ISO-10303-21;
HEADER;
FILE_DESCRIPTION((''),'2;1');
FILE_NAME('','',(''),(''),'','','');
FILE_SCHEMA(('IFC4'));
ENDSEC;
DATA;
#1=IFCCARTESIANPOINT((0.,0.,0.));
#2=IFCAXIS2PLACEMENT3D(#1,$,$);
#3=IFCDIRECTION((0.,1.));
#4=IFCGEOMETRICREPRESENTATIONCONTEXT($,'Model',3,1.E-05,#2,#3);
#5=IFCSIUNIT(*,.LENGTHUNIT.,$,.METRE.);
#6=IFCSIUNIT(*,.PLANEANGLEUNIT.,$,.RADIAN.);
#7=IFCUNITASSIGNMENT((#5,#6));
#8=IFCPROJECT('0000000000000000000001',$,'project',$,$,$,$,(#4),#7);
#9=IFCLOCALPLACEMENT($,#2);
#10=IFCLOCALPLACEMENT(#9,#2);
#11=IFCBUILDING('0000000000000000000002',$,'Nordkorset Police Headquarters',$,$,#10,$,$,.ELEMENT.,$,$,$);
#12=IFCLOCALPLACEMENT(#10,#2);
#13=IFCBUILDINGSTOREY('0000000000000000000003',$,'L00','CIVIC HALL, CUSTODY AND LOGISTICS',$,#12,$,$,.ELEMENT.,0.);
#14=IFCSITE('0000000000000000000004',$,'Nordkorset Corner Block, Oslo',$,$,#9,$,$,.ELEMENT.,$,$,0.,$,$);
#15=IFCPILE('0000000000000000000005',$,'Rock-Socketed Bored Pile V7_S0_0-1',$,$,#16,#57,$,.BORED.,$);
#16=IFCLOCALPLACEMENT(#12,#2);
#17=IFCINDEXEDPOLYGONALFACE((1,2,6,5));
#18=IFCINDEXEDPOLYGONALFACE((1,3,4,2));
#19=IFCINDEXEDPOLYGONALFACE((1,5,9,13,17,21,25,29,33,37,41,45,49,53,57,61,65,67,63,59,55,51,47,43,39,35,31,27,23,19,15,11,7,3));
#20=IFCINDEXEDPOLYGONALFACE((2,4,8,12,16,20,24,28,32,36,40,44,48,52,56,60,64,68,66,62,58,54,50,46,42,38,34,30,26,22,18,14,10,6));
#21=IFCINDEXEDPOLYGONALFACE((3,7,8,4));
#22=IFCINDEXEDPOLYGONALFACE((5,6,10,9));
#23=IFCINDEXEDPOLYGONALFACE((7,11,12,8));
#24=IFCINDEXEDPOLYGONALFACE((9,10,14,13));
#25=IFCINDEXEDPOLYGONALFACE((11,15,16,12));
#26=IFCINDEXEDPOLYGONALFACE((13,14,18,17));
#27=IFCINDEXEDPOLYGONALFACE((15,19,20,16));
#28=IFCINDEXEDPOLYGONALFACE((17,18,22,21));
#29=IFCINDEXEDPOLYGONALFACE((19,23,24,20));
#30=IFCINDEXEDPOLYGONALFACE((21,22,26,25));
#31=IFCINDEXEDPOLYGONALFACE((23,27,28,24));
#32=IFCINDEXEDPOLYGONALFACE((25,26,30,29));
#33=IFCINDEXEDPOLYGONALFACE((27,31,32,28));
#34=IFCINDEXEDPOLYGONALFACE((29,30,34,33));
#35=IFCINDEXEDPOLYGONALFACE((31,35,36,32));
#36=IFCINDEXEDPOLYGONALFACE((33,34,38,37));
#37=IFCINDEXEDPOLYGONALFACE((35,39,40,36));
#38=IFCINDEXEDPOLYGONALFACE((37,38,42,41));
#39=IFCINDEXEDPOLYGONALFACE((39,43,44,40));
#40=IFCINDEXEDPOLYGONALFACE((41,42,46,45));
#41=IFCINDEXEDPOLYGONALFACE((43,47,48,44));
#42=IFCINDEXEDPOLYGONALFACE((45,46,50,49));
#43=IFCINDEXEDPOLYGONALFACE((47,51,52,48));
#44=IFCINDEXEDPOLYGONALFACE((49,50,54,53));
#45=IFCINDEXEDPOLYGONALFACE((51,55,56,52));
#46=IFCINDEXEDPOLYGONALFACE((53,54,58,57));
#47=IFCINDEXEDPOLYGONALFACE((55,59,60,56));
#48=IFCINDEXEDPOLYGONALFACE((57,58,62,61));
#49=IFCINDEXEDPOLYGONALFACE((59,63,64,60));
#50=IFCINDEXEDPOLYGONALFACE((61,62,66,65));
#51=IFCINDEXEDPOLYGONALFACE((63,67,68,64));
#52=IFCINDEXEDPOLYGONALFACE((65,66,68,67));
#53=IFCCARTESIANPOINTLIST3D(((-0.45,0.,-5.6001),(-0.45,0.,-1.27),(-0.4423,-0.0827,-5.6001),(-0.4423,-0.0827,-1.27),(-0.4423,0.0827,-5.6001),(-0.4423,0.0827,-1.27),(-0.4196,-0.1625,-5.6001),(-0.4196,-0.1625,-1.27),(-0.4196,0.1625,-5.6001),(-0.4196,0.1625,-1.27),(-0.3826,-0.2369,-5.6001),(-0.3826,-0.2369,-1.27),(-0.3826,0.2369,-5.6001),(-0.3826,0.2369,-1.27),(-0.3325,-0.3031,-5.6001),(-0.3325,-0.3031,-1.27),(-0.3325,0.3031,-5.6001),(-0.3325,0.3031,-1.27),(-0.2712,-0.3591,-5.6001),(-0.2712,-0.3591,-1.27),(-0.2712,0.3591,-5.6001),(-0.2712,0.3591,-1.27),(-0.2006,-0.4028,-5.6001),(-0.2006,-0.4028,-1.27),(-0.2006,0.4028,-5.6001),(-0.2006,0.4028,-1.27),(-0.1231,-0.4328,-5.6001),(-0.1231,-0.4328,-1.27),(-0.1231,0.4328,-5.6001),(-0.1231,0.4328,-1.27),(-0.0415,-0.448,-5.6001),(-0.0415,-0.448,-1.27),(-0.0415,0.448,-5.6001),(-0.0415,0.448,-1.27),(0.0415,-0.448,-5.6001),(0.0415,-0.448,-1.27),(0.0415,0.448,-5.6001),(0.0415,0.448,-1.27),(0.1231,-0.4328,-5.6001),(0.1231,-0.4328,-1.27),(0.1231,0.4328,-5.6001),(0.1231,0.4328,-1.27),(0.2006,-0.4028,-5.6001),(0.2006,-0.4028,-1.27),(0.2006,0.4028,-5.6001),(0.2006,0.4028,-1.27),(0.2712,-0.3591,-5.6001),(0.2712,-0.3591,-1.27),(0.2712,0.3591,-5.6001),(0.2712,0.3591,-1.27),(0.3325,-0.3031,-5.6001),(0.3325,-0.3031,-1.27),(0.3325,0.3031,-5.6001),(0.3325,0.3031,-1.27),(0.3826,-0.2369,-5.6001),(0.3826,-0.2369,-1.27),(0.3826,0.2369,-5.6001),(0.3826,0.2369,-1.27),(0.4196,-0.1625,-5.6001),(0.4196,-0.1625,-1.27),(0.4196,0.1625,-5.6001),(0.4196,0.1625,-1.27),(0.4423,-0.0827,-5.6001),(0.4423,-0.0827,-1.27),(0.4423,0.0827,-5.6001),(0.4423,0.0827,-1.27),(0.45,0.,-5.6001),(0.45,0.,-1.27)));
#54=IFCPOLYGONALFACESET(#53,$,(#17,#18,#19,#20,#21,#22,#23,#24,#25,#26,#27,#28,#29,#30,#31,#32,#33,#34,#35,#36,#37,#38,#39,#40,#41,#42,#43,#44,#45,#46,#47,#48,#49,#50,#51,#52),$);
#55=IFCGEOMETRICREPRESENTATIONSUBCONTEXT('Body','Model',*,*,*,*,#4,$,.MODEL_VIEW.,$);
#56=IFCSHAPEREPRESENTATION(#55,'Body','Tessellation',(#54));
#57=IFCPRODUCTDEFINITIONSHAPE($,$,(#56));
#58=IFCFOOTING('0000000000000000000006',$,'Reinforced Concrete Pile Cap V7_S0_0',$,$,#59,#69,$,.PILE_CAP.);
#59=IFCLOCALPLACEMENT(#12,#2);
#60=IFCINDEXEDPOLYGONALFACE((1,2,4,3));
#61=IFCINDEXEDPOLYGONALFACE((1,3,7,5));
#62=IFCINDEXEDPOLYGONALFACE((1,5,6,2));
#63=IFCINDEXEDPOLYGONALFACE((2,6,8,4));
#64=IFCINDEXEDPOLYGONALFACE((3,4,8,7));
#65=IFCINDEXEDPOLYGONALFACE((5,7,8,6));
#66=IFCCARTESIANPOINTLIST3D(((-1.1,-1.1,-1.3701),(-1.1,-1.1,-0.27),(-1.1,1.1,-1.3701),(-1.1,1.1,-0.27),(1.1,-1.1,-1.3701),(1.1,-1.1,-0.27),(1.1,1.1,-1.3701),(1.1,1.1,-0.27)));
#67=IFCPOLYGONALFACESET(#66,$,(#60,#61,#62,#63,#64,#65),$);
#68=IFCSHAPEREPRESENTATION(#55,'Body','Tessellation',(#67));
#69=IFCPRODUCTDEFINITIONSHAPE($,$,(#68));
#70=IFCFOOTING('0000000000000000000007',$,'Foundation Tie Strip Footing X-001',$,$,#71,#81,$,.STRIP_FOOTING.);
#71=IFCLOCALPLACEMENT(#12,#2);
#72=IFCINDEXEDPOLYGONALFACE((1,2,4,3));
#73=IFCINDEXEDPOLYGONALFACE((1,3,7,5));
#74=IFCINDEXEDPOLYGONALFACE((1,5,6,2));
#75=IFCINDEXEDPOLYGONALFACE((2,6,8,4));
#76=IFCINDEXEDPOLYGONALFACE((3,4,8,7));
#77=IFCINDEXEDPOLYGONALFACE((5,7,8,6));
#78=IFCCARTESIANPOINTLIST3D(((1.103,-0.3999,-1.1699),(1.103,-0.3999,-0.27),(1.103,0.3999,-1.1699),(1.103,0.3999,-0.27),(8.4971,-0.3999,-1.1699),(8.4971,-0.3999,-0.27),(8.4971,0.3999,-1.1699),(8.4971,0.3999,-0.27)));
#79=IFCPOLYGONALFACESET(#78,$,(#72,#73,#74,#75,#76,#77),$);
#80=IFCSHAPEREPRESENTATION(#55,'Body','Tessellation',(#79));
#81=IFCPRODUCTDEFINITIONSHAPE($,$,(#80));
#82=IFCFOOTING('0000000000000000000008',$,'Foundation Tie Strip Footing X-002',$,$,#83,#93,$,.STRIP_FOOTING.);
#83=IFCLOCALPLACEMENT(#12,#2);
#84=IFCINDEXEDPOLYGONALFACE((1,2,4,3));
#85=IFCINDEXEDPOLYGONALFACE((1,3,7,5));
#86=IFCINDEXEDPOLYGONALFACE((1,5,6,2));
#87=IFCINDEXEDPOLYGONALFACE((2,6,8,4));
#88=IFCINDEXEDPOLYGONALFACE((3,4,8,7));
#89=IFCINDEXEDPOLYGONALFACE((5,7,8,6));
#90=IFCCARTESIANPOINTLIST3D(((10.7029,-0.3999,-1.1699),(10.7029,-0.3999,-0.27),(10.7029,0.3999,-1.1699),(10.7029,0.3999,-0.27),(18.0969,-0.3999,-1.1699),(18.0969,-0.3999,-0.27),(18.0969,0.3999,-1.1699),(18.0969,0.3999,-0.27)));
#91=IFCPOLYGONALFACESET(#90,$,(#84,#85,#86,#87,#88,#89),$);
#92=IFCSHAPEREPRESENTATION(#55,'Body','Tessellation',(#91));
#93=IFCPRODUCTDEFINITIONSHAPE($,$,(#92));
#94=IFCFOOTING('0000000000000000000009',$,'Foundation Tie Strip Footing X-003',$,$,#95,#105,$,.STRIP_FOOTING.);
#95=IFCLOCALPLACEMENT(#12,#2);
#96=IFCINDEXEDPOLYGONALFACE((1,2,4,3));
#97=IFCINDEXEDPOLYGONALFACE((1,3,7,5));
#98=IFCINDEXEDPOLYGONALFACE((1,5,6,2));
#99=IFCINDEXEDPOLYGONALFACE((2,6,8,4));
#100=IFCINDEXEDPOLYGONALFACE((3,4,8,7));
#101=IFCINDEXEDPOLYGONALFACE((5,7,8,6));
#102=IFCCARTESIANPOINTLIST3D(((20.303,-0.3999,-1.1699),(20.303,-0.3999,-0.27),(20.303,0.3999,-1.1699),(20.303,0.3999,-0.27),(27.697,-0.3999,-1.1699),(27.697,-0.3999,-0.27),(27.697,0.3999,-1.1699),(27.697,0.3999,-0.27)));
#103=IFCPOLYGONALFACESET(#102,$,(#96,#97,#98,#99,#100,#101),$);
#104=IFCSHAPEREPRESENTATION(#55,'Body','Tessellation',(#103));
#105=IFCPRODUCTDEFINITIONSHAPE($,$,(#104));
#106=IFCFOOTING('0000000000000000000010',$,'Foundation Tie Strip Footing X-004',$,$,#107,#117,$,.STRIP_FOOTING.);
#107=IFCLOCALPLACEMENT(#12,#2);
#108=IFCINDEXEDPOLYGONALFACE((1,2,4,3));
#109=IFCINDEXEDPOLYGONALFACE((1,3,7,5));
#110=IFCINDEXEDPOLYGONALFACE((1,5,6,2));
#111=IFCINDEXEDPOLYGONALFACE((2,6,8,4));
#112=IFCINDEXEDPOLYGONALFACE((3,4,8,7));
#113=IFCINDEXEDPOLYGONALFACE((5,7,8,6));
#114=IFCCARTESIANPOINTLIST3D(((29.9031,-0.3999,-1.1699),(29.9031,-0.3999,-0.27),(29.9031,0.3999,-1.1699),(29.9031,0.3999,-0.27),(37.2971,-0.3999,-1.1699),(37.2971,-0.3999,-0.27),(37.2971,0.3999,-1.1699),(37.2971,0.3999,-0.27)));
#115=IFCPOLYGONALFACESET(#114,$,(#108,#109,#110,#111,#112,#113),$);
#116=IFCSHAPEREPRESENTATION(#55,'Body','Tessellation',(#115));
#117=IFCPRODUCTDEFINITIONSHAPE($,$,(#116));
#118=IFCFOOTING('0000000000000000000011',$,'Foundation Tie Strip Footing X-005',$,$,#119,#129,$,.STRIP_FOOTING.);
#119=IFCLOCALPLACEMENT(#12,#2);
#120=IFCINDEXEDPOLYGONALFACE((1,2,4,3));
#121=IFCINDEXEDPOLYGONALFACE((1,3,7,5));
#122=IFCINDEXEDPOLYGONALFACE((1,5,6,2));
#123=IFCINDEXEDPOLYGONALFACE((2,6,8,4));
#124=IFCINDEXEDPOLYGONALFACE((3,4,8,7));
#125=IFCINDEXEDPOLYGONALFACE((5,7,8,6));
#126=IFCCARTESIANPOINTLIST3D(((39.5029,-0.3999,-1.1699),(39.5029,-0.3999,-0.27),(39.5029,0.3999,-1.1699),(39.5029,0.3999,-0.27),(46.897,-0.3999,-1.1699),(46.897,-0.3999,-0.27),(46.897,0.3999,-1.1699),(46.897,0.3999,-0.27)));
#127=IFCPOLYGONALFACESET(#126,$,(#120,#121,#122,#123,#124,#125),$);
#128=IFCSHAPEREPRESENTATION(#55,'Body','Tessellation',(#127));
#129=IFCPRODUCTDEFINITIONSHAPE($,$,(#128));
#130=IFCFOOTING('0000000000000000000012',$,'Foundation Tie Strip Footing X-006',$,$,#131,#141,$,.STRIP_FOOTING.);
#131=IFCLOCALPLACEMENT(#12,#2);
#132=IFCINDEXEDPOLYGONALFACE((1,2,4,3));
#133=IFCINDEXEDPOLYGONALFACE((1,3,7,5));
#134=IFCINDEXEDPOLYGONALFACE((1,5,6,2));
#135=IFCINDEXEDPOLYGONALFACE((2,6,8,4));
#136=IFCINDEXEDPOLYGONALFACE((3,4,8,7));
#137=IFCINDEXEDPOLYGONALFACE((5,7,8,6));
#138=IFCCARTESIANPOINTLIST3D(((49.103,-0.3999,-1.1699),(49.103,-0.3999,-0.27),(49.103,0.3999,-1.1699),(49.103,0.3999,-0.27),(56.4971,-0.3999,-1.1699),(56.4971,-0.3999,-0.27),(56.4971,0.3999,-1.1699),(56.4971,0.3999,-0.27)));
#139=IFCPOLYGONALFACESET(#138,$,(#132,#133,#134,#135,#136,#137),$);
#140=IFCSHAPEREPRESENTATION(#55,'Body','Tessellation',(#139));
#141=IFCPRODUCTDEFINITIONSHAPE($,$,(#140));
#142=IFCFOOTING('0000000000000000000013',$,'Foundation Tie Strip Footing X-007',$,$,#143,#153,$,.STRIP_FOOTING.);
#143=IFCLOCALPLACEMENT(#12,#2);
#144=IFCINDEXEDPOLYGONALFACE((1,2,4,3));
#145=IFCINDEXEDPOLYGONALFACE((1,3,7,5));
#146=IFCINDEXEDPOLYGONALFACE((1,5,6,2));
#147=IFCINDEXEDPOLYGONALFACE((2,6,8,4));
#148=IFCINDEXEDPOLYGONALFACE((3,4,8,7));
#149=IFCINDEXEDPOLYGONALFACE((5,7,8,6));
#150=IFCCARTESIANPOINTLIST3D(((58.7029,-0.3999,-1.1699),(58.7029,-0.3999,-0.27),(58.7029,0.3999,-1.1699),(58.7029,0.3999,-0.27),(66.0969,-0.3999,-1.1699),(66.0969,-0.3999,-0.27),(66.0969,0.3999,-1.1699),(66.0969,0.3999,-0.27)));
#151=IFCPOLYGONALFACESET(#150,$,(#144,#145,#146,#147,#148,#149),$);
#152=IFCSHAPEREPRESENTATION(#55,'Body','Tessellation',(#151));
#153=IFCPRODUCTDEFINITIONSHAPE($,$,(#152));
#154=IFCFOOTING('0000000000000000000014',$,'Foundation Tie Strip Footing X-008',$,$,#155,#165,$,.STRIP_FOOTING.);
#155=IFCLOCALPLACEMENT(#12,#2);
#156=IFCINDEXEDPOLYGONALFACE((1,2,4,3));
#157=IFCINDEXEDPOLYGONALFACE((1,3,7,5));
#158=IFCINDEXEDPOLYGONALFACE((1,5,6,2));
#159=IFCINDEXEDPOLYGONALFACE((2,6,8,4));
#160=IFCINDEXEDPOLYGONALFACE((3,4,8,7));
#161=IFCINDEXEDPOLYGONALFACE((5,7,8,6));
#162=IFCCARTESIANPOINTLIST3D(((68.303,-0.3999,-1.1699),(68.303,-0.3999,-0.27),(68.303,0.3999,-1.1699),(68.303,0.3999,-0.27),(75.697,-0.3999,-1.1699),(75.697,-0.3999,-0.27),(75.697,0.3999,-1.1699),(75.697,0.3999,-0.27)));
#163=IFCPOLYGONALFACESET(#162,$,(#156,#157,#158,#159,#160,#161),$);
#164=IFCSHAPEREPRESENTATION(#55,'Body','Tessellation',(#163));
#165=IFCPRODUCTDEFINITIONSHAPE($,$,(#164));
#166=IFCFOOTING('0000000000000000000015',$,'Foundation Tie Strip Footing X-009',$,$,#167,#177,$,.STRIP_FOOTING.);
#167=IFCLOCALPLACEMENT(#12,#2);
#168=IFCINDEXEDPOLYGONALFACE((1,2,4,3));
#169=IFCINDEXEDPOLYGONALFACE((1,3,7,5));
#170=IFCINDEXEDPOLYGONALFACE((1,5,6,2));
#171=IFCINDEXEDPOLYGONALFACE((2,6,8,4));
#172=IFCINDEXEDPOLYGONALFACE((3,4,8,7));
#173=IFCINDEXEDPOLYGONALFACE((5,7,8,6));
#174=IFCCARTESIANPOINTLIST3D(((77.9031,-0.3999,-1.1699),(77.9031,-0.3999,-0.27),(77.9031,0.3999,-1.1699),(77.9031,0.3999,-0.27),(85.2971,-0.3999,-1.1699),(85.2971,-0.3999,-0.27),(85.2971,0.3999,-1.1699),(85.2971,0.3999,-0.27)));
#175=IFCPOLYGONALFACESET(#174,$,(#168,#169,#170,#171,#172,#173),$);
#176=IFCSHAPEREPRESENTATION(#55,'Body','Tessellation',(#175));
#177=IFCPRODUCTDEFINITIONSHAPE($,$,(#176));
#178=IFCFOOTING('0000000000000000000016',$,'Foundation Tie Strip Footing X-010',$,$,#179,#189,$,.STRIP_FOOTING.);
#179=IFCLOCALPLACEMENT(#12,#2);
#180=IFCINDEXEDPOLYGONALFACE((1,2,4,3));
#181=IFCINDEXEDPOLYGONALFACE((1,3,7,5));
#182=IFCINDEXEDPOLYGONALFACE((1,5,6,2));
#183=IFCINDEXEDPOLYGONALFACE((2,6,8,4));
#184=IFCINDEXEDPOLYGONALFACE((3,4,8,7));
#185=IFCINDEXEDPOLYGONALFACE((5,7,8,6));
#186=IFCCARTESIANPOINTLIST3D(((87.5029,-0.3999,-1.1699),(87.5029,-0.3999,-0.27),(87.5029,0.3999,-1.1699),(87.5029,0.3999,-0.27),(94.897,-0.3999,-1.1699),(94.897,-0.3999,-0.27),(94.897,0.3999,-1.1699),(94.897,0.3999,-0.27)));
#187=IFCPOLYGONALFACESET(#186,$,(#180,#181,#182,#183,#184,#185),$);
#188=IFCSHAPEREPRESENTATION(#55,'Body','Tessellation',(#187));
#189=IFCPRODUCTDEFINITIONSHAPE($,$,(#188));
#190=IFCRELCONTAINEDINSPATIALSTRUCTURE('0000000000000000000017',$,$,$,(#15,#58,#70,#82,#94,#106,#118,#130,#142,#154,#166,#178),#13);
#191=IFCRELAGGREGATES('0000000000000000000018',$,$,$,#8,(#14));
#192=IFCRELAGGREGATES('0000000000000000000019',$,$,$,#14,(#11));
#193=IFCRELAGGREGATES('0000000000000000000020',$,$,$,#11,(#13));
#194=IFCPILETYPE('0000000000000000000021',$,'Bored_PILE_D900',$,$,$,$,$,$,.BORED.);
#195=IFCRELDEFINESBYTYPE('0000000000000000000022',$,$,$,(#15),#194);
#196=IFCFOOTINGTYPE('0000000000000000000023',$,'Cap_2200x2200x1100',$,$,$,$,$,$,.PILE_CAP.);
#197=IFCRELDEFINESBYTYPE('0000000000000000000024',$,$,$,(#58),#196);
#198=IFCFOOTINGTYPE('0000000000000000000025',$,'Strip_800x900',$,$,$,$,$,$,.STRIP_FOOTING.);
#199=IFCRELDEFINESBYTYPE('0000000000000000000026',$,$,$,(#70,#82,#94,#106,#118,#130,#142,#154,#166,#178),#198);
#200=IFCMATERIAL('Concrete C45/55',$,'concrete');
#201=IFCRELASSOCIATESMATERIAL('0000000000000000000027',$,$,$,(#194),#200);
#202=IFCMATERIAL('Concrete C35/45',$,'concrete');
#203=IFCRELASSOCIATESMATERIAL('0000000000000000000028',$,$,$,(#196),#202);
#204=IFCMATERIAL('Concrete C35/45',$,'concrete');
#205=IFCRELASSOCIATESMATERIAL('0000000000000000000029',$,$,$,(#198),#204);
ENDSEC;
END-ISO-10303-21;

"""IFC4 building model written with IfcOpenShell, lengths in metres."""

from ifc_helpers import new_model, si_unit, direction, frame, origin, origin_2d, place, context, subcontext, project, spatial, polyline, rectangle, circle, outline, extrude, material, material_profile, profile_set, type_object, element, save


model = new_model("IFC4")

# Units and contexts
model_context = context("Model", 3, precision=1e-05, world=origin(), true_north=direction((0.0, 1.0)))
body_context = subcontext(model_context, "Body", "Model", "MODEL_VIEW")
ifc_project = project(units=[si_unit("LENGTHUNIT", "METRE"), si_unit("PLANEANGLEUNIT", "RADIAN")], contexts=[model_context])

# Site, building, storey
site_placement = place(None, origin())
site = spatial("IfcSite", under=ifc_project, at=site_placement, Name="Nordkorset Corner Block, Oslo", CompositionType="ELEMENT", RefElevation=0.0)
building_placement = place(site_placement, origin())
building = spatial("IfcBuilding", under=site, at=building_placement, Name="Nordkorset Police Headquarters", CompositionType="ELEMENT")
storey_placement = place(building_placement, origin())
storey = spatial("IfcBuildingStorey", under=building, at=storey_placement, Name="L00", Description="CIVIC HALL, CUSTODY AND LOGISTICS", CompositionType="ELEMENT", Elevation=0.0)

# Pile
ifc_material_1 = material(Name="Concrete C45/55", Category="concrete")
ifc_material_profile = material_profile(ifc_material_1, circle(Radius=0.45, at=origin_2d()), Name="PILE D900")
ifc_profile_set = profile_set([ifc_material_profile], Name="Concrete C45/55")
pile_type = type_object("IfcPileType", Name="Bored_PILE_D900", PredefinedType="BORED", material=ifc_profile_set)
pile_placement = place(storey_placement, frame((0.0, 0.0, -1.27), z_axis=(0.0, 0.0, -1.0), x_axis=(1.0, 0.0, 0.0)))
element("IfcPile", 1, at=pile_placement, inside=storey, type_object=pile_type, Name="Rock-Socketed Bored Pile V7_S0_0-1", PredefinedType="BORED", context=body_context, shape_type="SweptSolid", body=[
    extrude(circle(Radius=0.45, at=origin_2d()), origin(), (0.0, 0.0, 1.0), 4.3301),
])

# Footings
ifc_material_2 = material(Name="Concrete C35/45", Category="concrete")
footing_type_1 = type_object("IfcFootingType", Name="Cap_2200x2200x1100", PredefinedType="PILE_CAP", material=ifc_material_2)
footing_1_placement = place(storey_placement, frame((0.0, 0.0, -1.3701), z_axis=(0.0, 0.0, 1.0), x_axis=(1.0, 0.0, 0.0)))
element("IfcFooting", 2, at=footing_1_placement, inside=storey, type_object=footing_type_1, Name="Reinforced Concrete Pile Cap V7_S0_0", PredefinedType="PILE_CAP", context=body_context, shape_type="SweptSolid", body=[
    extrude(rectangle(XDim=2.2, YDim=2.2, at=origin_2d()), origin(), (0.0, 0.0, 1.0), 1.1001),
])
ifc_material_3 = material(Name="Concrete C35/45", Category="concrete")
footing_type_2 = type_object("IfcFootingType", Name="Strip_800x900", PredefinedType="STRIP_FOOTING", material=ifc_material_3)
footing_2_placement = place(storey_placement, frame((0.0, 0.0, -1.1699)))
element("IfcFooting", 3, at=footing_2_placement, inside=storey, type_object=footing_type_2, Name="Foundation Tie Strip Footing X-001", PredefinedType="STRIP_FOOTING", context=body_context, shape_type="SweptSolid", body=[
    extrude(outline(polyline([(1.103, -0.3999), (8.4971, -0.3999), (8.4971, 0.3999), (1.103, 0.3999), (1.103, -0.3999)])), origin(), (0.0, 0.0, 1.0), 0.8999),
])
footing_3_placement = place(storey_placement, frame((0.0, 0.0, -1.1699)))
element("IfcFooting", 4, at=footing_3_placement, inside=storey, type_object=footing_type_2, Name="Foundation Tie Strip Footing X-002", PredefinedType="STRIP_FOOTING", context=body_context, shape_type="SweptSolid", body=[
    extrude(outline(polyline([(10.7029, -0.3999), (18.0969, -0.3999), (18.0969, 0.3999), (10.7029, 0.3999), (10.7029, -0.3999)])), origin(), (0.0, 0.0, 1.0), 0.8999),
])
footing_4_placement = place(storey_placement, frame((0.0, 0.0, -1.1699)))
element("IfcFooting", 5, at=footing_4_placement, inside=storey, type_object=footing_type_2, Name="Foundation Tie Strip Footing X-003", PredefinedType="STRIP_FOOTING", context=body_context, shape_type="SweptSolid", body=[
    extrude(outline(polyline([(20.303, -0.3999), (27.697, -0.3999), (27.697, 0.3999), (20.303, 0.3999), (20.303, -0.3999)])), origin(), (0.0, 0.0, 1.0), 0.8999),
])
footing_5_placement = place(storey_placement, frame((0.0, 0.0, -1.1699)))
element("IfcFooting", 6, at=footing_5_placement, inside=storey, type_object=footing_type_2, Name="Foundation Tie Strip Footing X-004", PredefinedType="STRIP_FOOTING", context=body_context, shape_type="SweptSolid", body=[
    extrude(outline(polyline([(29.9031, -0.3999), (37.2971, -0.3999), (37.2971, 0.3999), (29.9031, 0.3999), (29.9031, -0.3999)])), origin(), (0.0, 0.0, 1.0), 0.8999),
])
footing_6_placement = place(storey_placement, frame((0.0, 0.0, -1.1699)))
element("IfcFooting", 7, at=footing_6_placement, inside=storey, type_object=footing_type_2, Name="Foundation Tie Strip Footing X-005", PredefinedType="STRIP_FOOTING", context=body_context, shape_type="SweptSolid", body=[
    extrude(outline(polyline([(39.5029, -0.3999), (46.897, -0.3999), (46.897, 0.3999), (39.5029, 0.3999), (39.5029, -0.3999)])), origin(), (0.0, 0.0, 1.0), 0.8999),
])
footing_7_placement = place(storey_placement, frame((0.0, 0.0, -1.1699)))
element("IfcFooting", 8, at=footing_7_placement, inside=storey, type_object=footing_type_2, Name="Foundation Tie Strip Footing X-006", PredefinedType="STRIP_FOOTING", context=body_context, shape_type="SweptSolid", body=[
    extrude(outline(polyline([(49.103, -0.3999), (56.4971, -0.3999), (56.4971, 0.3999), (49.103, 0.3999), (49.103, -0.3999)])), origin(), (0.0, 0.0, 1.0), 0.8999),
])
footing_8_placement = place(storey_placement, frame((0.0, 0.0, -1.1699)))
element("IfcFooting", 9, at=footing_8_placement, inside=storey, type_object=footing_type_2, Name="Foundation Tie Strip Footing X-007", PredefinedType="STRIP_FOOTING", context=body_context, shape_type="SweptSolid", body=[
    extrude(outline(polyline([(58.7029, -0.3999), (66.0969, -0.3999), (66.0969, 0.3999), (58.7029, 0.3999), (58.7029, -0.3999)])), origin(), (0.0, 0.0, 1.0), 0.8999),
])
footing_9_placement = place(storey_placement, frame((0.0, 0.0, -1.1699)))
element("IfcFooting", 10, at=footing_9_placement, inside=storey, type_object=footing_type_2, Name="Foundation Tie Strip Footing X-008", PredefinedType="STRIP_FOOTING", context=body_context, shape_type="SweptSolid", body=[
    extrude(outline(polyline([(68.303, -0.3999), (75.697, -0.3999), (75.697, 0.3999), (68.303, 0.3999), (68.303, -0.3999)])), origin(), (0.0, 0.0, 1.0), 0.8999),
])
footing_10_placement = place(storey_placement, frame((0.0, 0.0, -1.1699)))
element("IfcFooting", 11, at=footing_10_placement, inside=storey, type_object=footing_type_2, Name="Foundation Tie Strip Footing X-009", PredefinedType="STRIP_FOOTING", context=body_context, shape_type="SweptSolid", body=[
    extrude(outline(polyline([(77.9031, -0.3999), (85.2971, -0.3999), (85.2971, 0.3999), (77.9031, 0.3999), (77.9031, -0.3999)])), origin(), (0.0, 0.0, 1.0), 0.8999),
])
footing_11_placement = place(storey_placement, frame((0.0, 0.0, -1.1699)))
element("IfcFooting", 12, at=footing_11_placement, inside=storey, type_object=footing_type_2, Name="Foundation Tie Strip Footing X-010", PredefinedType="STRIP_FOOTING", context=body_context, shape_type="SweptSolid", body=[
    extrude(outline(polyline([(87.5029, -0.3999), (94.897, -0.3999), (94.897, 0.3999), (87.5029, 0.3999), (87.5029, -0.3999)])), origin(), (0.0, 0.0, 1.0), 0.8999),
])

save(model, "model.ifc")
